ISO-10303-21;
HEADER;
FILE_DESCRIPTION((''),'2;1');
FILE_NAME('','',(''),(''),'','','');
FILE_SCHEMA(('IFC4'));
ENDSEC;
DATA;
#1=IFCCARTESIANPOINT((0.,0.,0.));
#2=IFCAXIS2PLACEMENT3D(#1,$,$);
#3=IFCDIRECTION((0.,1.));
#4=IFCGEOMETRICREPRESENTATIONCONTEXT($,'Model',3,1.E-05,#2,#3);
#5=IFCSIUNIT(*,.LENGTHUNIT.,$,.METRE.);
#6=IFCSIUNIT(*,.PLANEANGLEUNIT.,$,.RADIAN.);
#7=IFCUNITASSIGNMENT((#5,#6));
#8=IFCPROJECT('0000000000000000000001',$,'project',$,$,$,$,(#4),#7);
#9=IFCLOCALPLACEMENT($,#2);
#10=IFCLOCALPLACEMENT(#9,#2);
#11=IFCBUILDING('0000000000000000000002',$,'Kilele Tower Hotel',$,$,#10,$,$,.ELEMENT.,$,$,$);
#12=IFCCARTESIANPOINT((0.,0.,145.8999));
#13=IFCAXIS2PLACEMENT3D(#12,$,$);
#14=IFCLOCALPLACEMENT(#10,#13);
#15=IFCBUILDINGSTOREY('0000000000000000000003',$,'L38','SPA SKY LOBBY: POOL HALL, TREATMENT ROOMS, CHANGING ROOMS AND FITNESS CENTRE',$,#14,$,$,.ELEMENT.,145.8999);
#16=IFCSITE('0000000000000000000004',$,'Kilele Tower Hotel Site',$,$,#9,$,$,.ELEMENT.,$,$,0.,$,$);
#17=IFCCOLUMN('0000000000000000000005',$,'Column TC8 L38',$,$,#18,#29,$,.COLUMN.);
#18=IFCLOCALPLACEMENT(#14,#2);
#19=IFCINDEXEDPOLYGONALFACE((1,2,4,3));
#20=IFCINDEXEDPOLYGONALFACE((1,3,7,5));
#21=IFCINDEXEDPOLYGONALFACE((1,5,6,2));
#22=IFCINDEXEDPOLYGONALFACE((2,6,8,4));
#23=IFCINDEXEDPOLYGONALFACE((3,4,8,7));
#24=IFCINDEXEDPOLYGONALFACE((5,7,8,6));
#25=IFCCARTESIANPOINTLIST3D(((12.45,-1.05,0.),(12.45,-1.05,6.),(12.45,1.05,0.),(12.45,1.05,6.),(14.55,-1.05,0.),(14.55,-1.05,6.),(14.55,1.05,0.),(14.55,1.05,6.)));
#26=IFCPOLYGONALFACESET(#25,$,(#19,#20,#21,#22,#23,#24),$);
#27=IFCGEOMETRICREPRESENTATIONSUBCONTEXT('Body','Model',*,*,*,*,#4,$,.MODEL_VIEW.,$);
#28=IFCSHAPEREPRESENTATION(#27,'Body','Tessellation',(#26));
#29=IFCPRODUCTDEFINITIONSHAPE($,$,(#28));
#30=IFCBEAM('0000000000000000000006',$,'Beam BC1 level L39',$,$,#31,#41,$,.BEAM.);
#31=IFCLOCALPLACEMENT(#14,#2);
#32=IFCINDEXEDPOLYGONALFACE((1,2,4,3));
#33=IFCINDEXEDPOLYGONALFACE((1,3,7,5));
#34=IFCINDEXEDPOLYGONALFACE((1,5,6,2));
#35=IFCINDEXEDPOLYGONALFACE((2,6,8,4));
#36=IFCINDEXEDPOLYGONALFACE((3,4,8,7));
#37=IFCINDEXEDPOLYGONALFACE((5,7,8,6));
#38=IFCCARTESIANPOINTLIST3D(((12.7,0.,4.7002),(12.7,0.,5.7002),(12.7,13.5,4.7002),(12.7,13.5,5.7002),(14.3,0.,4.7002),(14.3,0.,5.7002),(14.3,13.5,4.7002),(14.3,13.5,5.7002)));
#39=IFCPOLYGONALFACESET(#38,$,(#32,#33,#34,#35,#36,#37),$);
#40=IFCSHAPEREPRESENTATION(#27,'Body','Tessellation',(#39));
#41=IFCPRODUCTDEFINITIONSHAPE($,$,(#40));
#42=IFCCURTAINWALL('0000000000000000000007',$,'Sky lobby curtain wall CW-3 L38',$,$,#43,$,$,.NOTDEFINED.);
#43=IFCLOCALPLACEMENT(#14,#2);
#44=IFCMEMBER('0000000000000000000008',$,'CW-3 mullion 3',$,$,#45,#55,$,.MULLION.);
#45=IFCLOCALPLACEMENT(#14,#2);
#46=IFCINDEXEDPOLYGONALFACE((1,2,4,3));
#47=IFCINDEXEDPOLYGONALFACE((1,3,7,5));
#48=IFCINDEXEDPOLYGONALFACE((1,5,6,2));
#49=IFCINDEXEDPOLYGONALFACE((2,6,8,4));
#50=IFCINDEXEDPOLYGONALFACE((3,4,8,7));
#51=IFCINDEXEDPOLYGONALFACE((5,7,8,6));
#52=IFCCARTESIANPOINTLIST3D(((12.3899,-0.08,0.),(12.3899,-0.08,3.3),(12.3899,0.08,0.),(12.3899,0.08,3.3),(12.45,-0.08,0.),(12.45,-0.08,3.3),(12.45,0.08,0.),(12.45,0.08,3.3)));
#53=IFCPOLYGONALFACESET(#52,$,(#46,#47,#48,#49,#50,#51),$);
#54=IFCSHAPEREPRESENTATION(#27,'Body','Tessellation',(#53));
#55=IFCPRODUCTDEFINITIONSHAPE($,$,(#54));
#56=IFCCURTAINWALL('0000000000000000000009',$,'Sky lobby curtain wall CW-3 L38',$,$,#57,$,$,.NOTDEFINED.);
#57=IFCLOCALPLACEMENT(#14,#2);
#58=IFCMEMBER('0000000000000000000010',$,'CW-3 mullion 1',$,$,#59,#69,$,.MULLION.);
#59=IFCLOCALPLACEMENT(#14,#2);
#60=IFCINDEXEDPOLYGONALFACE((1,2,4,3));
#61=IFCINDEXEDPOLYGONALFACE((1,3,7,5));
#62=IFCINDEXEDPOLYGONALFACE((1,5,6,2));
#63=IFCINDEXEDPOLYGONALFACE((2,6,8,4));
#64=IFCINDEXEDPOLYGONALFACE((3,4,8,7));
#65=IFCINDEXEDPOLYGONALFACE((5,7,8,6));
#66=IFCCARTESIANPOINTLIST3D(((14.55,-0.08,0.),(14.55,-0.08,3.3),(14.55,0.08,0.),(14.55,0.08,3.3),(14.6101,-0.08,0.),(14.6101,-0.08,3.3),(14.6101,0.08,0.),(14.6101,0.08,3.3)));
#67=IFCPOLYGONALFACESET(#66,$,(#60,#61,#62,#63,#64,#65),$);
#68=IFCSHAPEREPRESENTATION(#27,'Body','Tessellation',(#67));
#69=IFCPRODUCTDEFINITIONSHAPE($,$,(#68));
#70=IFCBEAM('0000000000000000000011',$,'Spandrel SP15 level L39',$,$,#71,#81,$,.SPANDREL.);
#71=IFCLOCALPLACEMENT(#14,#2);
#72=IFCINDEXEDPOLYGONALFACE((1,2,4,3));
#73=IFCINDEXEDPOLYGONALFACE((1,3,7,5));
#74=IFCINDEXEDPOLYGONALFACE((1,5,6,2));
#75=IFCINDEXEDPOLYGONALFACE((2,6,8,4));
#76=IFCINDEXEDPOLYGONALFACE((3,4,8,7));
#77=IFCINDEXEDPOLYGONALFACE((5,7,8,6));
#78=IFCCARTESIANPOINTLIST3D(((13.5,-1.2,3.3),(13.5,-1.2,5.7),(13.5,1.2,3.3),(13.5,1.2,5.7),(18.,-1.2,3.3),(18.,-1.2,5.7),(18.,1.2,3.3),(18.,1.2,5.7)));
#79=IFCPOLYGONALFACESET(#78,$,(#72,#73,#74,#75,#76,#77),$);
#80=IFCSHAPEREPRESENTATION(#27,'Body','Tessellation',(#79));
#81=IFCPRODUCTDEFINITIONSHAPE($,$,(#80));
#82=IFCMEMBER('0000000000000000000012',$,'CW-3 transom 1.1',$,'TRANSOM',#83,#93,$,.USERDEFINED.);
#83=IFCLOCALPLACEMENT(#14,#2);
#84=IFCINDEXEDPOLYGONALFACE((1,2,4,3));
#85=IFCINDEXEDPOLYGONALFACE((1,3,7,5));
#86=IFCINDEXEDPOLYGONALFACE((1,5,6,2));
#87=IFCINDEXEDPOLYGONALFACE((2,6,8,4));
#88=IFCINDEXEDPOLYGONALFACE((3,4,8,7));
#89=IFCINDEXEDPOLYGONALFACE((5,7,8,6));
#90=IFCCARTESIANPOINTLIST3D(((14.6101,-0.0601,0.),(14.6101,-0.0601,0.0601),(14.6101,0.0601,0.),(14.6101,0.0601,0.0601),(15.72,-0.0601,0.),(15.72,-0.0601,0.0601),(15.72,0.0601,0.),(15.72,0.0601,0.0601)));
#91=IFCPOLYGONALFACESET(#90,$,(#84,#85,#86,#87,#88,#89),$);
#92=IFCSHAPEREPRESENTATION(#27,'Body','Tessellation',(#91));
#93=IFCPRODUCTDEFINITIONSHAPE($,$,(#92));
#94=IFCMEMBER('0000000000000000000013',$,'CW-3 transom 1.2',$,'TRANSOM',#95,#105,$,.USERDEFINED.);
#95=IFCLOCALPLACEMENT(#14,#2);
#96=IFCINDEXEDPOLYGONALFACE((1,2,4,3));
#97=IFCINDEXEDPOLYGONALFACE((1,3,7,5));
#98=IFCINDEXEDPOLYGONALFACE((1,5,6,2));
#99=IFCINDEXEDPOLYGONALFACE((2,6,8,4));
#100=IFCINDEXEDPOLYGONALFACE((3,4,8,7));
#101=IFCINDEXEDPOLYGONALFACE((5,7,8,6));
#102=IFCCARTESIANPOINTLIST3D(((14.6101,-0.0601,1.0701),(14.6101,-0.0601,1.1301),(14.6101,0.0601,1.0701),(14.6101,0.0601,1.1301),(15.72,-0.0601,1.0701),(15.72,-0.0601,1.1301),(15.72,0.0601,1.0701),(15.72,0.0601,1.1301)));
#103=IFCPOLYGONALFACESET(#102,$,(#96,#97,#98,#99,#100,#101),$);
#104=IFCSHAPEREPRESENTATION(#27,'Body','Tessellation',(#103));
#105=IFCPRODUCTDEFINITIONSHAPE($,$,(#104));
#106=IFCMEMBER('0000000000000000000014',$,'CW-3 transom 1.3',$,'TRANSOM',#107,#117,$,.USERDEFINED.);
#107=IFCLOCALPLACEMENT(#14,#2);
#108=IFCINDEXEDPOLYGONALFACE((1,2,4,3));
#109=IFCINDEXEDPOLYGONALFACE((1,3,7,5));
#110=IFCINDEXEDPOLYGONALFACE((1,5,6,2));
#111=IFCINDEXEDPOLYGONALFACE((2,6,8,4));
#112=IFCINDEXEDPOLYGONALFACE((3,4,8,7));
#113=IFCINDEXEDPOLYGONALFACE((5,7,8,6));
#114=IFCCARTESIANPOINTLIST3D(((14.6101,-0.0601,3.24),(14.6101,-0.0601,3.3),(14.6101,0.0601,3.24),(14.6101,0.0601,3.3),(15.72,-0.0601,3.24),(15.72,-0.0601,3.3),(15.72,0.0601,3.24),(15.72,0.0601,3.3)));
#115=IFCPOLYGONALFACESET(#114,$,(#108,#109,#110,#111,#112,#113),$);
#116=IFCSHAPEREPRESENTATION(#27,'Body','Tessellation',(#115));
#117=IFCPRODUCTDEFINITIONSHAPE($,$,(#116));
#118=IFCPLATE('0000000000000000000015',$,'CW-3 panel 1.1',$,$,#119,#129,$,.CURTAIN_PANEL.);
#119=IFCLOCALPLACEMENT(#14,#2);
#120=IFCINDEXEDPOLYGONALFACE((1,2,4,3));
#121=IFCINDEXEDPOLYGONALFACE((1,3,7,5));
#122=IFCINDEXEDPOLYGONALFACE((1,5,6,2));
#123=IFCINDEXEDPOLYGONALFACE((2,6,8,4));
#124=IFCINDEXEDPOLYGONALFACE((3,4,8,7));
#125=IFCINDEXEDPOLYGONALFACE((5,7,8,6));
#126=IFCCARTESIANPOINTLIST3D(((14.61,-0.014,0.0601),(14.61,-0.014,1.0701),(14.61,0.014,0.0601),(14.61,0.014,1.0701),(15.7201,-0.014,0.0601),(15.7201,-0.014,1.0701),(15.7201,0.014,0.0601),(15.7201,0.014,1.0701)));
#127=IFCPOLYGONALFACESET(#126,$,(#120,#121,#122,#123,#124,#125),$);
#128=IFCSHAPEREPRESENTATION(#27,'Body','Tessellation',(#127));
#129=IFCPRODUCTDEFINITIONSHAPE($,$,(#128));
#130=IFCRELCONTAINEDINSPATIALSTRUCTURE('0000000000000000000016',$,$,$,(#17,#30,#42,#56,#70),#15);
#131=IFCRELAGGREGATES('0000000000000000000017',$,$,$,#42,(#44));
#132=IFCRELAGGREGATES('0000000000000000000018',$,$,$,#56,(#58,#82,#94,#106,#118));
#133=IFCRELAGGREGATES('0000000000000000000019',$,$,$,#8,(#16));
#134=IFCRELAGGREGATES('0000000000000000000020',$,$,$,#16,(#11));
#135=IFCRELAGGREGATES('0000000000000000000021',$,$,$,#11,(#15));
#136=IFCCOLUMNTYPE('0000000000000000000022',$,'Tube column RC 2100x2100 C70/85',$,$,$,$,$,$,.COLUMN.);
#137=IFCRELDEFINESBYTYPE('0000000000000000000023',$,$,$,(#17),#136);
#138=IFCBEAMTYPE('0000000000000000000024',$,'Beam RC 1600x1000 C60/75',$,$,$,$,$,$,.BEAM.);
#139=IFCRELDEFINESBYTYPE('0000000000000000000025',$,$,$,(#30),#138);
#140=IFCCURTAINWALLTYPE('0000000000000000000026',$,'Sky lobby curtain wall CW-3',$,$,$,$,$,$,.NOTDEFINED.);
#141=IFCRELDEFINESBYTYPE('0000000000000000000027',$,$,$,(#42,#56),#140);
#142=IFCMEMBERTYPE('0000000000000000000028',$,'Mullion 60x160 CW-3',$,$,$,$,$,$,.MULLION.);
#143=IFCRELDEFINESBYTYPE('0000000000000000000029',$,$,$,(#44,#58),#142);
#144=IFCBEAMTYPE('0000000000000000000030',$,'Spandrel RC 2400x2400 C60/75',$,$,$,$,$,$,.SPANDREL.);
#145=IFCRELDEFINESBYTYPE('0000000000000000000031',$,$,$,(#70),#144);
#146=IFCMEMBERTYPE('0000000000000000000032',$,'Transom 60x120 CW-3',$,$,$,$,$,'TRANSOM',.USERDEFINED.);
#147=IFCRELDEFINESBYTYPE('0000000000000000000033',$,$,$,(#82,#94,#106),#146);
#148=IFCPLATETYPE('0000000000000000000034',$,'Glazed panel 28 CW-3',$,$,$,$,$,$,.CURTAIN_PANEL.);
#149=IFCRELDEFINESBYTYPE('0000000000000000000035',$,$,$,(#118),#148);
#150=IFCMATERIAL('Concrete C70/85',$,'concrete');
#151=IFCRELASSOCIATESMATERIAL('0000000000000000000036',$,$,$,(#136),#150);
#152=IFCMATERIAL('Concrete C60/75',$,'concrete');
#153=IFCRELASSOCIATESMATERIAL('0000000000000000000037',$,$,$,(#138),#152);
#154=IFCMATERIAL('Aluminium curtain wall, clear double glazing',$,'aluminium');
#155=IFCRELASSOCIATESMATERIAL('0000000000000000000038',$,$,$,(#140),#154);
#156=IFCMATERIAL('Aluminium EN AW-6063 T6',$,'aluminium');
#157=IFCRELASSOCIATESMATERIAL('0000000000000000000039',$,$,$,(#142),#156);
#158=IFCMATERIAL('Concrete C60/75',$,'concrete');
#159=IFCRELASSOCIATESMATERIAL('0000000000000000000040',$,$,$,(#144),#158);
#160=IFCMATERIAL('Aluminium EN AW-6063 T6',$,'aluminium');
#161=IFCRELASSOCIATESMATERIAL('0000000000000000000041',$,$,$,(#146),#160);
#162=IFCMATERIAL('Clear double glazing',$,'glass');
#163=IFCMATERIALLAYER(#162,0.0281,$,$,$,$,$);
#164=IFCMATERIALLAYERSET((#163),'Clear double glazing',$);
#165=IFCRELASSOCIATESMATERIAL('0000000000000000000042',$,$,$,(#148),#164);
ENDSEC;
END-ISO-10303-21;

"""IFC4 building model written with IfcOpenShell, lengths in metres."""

from ifc_helpers import new_model, si_unit, direction, frame, origin, origin_2d, place, context, subcontext, project, spatial, rectangle, extrude, material, layer, layer_set, material_profile, profile_set, type_object, element, aggregate, save


model = new_model("IFC4")

# Units and contexts
model_context = context("Model", 3, precision=1e-05, world=origin(), true_north=direction((0.0, 1.0)))
body_context = subcontext(model_context, "Body", "Model", "MODEL_VIEW")
ifc_project = project(units=[si_unit("LENGTHUNIT", "METRE"), si_unit("PLANEANGLEUNIT", "RADIAN")], contexts=[model_context])

# Site, building, storey
site_placement = place(None, origin())
site = spatial("IfcSite", under=ifc_project, at=site_placement, Name="Kilele Tower Hotel Site", CompositionType="ELEMENT", RefElevation=0.0)
building_placement = place(site_placement, origin())
building = spatial("IfcBuilding", under=site, at=building_placement, Name="Kilele Tower Hotel", CompositionType="ELEMENT")
storey_placement = place(building_placement, frame((0.0, 0.0, 145.8999)))
storey = spatial("IfcBuildingStorey", under=building, at=storey_placement, Name="L38", Description="SPA SKY LOBBY: POOL HALL, TREATMENT ROOMS, CHANGING ROOMS AND FITNESS CENTRE", CompositionType="ELEMENT", Elevation=145.8999)

# Column
ifc_material_1 = material(Name="Concrete C70/85", Category="concrete")
ifc_material_profile_1 = material_profile(ifc_material_1, rectangle(XDim=2.1001, YDim=2.1001, at=origin_2d()))
ifc_profile_set_1 = profile_set([ifc_material_profile_1], Name="Concrete C70/85")
column_type = type_object("IfcColumnType", Name="Tube column RC 2100x2100 C70/85", PredefinedType="COLUMN", material=ifc_profile_set_1)
column_placement = place(storey_placement, frame((13.5, 0.0, 0.0), z_axis=(0.0, 0.0, 1.0), x_axis=(1.0, 0.0, 0.0)))
element("IfcColumn", 1, at=column_placement, inside=storey, type_object=column_type, Name="Column TC8 L38", PredefinedType="COLUMN", context=body_context, shape_type="SweptSolid", body=[
    extrude(rectangle(XDim=2.1001, YDim=2.1001, at=origin_2d()), origin(), (0.0, 0.0, 1.0), 6.0),
])

# Beam
ifc_material_2 = material(Name="Concrete C60/75", Category="concrete")
ifc_material_profile_2 = material_profile(ifc_material_2, rectangle(XDim=1.6001, YDim=1.0, at=origin_2d()))
ifc_profile_set_2 = profile_set([ifc_material_profile_2], Name="Concrete C60/75")
beam_type_1 = type_object("IfcBeamType", Name="Beam RC 1600x1000 C60/75", PredefinedType="BEAM", material=ifc_profile_set_2)
beam_1_placement = place(storey_placement, frame((13.5, 0.0, 5.2002), z_axis=(0.0, 1.0, 0.0), x_axis=(-1.0, 0.0, 0.0)))
element("IfcBeam", 2, at=beam_1_placement, inside=storey, type_object=beam_type_1, Name="Beam BC1 level L39", PredefinedType="BEAM", context=body_context, shape_type="SweptSolid", body=[
    extrude(rectangle(XDim=1.6001, YDim=1.0, at=origin_2d()), origin(), (0.0, 0.0, 1.0), 13.5),
])

# Curtain walls, members
ifc_material_3 = material(Name="Aluminium curtain wall, clear double glazing", Category="aluminium")
curtain_wall_type = type_object("IfcCurtainWallType", Name="Sky lobby curtain wall CW-3", PredefinedType="NOTDEFINED", material=ifc_material_3)
curtain_wall_1_placement = place(storey_placement, origin())
curtain_wall_1 = element("IfcCurtainWall", 3, at=curtain_wall_1_placement, inside=storey, type_object=curtain_wall_type, Name="Sky lobby curtain wall CW-3 L38", PredefinedType="NOTDEFINED")
ifc_material_4 = material(Name="Aluminium EN AW-6063 T6", Category="aluminium")
ifc_material_profile_3 = material_profile(ifc_material_4, rectangle(XDim=0.1599, YDim=0.0601, at=origin_2d()))
ifc_profile_set_3 = profile_set([ifc_material_profile_3], Name="Aluminium EN AW-6063 T6")
member_type_1 = type_object("IfcMemberType", Name="Mullion 60x160 CW-3", PredefinedType="MULLION", material=ifc_profile_set_3)
member_1_placement = place(storey_placement, frame((12.4199, 0.0, 0.0), z_axis=(0.0, 0.0, 1.0), x_axis=(0.0, 1.0, 0.0)))
member_1 = element("IfcMember", 4, at=member_1_placement, type_object=member_type_1, Name="CW-3 mullion 3", PredefinedType="MULLION", context=body_context, shape_type="SweptSolid", body=[
    extrude(rectangle(XDim=0.1599, YDim=0.0601, at=origin_2d()), origin(), (0.0, 0.0, 1.0), 3.3),
])
aggregate(curtain_wall_1, [member_1])
curtain_wall_2_placement = place(storey_placement, origin())
curtain_wall_2 = element("IfcCurtainWall", 5, at=curtain_wall_2_placement, inside=storey, type_object=curtain_wall_type, Name="Sky lobby curtain wall CW-3 L38", PredefinedType="NOTDEFINED")
member_2_placement = place(storey_placement, frame((14.5801, 0.0, 0.0), z_axis=(0.0, 0.0, 1.0), x_axis=(0.0, 1.0, 0.0)))
member_2 = element("IfcMember", 6, at=member_2_placement, type_object=member_type_1, Name="CW-3 mullion 1", PredefinedType="MULLION", context=body_context, shape_type="SweptSolid", body=[
    extrude(rectangle(XDim=0.1599, YDim=0.0601, at=origin_2d()), origin(), (0.0, 0.0, 1.0), 3.3),
])

# Beam
ifc_material_5 = material(Name="Concrete C60/75", Category="concrete")
ifc_material_profile_4 = material_profile(ifc_material_5, rectangle(XDim=2.3999, YDim=2.3999, at=origin_2d()))
ifc_profile_set_4 = profile_set([ifc_material_profile_4], Name="Concrete C60/75")
beam_type_2 = type_object("IfcBeamType", Name="Spandrel RC 2400x2400 C60/75", PredefinedType="SPANDREL", material=ifc_profile_set_4)
beam_2_placement = place(storey_placement, frame((13.5, 0.0, 4.5), z_axis=(1.0, 0.0, 0.0), x_axis=(0.0, 1.0, 0.0)))
element("IfcBeam", 7, at=beam_2_placement, inside=storey, type_object=beam_type_2, Name="Spandrel SP15 level L39", PredefinedType="SPANDREL", context=body_context, shape_type="SweptSolid", body=[
    extrude(rectangle(XDim=2.3999, YDim=2.3999, at=origin_2d()), origin(), (0.0, 0.0, 1.0), 4.5),
])

# Members
ifc_material_6 = material(Name="Aluminium EN AW-6063 T6", Category="aluminium")
ifc_material_profile_5 = material_profile(ifc_material_6, rectangle(XDim=0.1201, YDim=0.0601, at=origin_2d()))
ifc_profile_set_5 = profile_set([ifc_material_profile_5], Name="Aluminium EN AW-6063 T6")
member_type_2 = type_object("IfcMemberType", Name="Transom 60x120 CW-3", ElementType="TRANSOM", PredefinedType="USERDEFINED", material=ifc_profile_set_5)
member_3_placement = place(storey_placement, frame((14.6101, 0.0, 0.03), z_axis=(1.0, 0.0, 0.0), x_axis=(0.0, 1.0, 0.0)))
member_3 = element("IfcMember", 8, at=member_3_placement, type_object=member_type_2, Name="CW-3 transom 1.1", ObjectType="TRANSOM", PredefinedType="USERDEFINED", context=body_context, shape_type="SweptSolid", body=[
    extrude(rectangle(XDim=0.1201, YDim=0.0601, at=origin_2d()), origin(), (0.0, 0.0, 1.0), 1.1099),
])
member_4_placement = place(storey_placement, frame((14.6101, 0.0, 1.1001), z_axis=(1.0, 0.0, 0.0), x_axis=(0.0, 1.0, 0.0)))
member_4 = element("IfcMember", 9, at=member_4_placement, type_object=member_type_2, Name="CW-3 transom 1.2", ObjectType="TRANSOM", PredefinedType="USERDEFINED", context=body_context, shape_type="SweptSolid", body=[
    extrude(rectangle(XDim=0.1201, YDim=0.0601, at=origin_2d()), origin(), (0.0, 0.0, 1.0), 1.1099),
])
member_5_placement = place(storey_placement, frame((14.6101, 0.0, 3.27), z_axis=(1.0, 0.0, 0.0), x_axis=(0.0, 1.0, 0.0)))
member_5 = element("IfcMember", 10, at=member_5_placement, type_object=member_type_2, Name="CW-3 transom 1.3", ObjectType="TRANSOM", PredefinedType="USERDEFINED", context=body_context, shape_type="SweptSolid", body=[
    extrude(rectangle(XDim=0.1201, YDim=0.0601, at=origin_2d()), origin(), (0.0, 0.0, 1.0), 1.1099),
])

# Plate
ifc_material_7 = material(Name="Clear double glazing", Category="glass")
ifc_layer = layer(ifc_material_7, 0.0281)
ifc_layer_set = layer_set([ifc_layer], Name="Clear double glazing")
plate_type = type_object("IfcPlateType", Name="Glazed panel 28 CW-3", PredefinedType="CURTAIN_PANEL", material=ifc_layer_set)
plate_placement = place(storey_placement, frame((15.165, 0.0, 0.0601), z_axis=(0.0, 0.0, 1.0), x_axis=(1.0, 0.0, 0.0)))
plate = element("IfcPlate", 11, at=plate_placement, type_object=plate_type, Name="CW-3 panel 1.1", PredefinedType="CURTAIN_PANEL", context=body_context, shape_type="SweptSolid", body=[
    extrude(rectangle(XDim=1.1101, YDim=0.0281, at=origin_2d()), origin(), (0.0, 0.0, 1.0), 1.01),
])
aggregate(curtain_wall_2, [member_2, member_3, member_4, member_5, plate])

save(model, "model.ifc")
